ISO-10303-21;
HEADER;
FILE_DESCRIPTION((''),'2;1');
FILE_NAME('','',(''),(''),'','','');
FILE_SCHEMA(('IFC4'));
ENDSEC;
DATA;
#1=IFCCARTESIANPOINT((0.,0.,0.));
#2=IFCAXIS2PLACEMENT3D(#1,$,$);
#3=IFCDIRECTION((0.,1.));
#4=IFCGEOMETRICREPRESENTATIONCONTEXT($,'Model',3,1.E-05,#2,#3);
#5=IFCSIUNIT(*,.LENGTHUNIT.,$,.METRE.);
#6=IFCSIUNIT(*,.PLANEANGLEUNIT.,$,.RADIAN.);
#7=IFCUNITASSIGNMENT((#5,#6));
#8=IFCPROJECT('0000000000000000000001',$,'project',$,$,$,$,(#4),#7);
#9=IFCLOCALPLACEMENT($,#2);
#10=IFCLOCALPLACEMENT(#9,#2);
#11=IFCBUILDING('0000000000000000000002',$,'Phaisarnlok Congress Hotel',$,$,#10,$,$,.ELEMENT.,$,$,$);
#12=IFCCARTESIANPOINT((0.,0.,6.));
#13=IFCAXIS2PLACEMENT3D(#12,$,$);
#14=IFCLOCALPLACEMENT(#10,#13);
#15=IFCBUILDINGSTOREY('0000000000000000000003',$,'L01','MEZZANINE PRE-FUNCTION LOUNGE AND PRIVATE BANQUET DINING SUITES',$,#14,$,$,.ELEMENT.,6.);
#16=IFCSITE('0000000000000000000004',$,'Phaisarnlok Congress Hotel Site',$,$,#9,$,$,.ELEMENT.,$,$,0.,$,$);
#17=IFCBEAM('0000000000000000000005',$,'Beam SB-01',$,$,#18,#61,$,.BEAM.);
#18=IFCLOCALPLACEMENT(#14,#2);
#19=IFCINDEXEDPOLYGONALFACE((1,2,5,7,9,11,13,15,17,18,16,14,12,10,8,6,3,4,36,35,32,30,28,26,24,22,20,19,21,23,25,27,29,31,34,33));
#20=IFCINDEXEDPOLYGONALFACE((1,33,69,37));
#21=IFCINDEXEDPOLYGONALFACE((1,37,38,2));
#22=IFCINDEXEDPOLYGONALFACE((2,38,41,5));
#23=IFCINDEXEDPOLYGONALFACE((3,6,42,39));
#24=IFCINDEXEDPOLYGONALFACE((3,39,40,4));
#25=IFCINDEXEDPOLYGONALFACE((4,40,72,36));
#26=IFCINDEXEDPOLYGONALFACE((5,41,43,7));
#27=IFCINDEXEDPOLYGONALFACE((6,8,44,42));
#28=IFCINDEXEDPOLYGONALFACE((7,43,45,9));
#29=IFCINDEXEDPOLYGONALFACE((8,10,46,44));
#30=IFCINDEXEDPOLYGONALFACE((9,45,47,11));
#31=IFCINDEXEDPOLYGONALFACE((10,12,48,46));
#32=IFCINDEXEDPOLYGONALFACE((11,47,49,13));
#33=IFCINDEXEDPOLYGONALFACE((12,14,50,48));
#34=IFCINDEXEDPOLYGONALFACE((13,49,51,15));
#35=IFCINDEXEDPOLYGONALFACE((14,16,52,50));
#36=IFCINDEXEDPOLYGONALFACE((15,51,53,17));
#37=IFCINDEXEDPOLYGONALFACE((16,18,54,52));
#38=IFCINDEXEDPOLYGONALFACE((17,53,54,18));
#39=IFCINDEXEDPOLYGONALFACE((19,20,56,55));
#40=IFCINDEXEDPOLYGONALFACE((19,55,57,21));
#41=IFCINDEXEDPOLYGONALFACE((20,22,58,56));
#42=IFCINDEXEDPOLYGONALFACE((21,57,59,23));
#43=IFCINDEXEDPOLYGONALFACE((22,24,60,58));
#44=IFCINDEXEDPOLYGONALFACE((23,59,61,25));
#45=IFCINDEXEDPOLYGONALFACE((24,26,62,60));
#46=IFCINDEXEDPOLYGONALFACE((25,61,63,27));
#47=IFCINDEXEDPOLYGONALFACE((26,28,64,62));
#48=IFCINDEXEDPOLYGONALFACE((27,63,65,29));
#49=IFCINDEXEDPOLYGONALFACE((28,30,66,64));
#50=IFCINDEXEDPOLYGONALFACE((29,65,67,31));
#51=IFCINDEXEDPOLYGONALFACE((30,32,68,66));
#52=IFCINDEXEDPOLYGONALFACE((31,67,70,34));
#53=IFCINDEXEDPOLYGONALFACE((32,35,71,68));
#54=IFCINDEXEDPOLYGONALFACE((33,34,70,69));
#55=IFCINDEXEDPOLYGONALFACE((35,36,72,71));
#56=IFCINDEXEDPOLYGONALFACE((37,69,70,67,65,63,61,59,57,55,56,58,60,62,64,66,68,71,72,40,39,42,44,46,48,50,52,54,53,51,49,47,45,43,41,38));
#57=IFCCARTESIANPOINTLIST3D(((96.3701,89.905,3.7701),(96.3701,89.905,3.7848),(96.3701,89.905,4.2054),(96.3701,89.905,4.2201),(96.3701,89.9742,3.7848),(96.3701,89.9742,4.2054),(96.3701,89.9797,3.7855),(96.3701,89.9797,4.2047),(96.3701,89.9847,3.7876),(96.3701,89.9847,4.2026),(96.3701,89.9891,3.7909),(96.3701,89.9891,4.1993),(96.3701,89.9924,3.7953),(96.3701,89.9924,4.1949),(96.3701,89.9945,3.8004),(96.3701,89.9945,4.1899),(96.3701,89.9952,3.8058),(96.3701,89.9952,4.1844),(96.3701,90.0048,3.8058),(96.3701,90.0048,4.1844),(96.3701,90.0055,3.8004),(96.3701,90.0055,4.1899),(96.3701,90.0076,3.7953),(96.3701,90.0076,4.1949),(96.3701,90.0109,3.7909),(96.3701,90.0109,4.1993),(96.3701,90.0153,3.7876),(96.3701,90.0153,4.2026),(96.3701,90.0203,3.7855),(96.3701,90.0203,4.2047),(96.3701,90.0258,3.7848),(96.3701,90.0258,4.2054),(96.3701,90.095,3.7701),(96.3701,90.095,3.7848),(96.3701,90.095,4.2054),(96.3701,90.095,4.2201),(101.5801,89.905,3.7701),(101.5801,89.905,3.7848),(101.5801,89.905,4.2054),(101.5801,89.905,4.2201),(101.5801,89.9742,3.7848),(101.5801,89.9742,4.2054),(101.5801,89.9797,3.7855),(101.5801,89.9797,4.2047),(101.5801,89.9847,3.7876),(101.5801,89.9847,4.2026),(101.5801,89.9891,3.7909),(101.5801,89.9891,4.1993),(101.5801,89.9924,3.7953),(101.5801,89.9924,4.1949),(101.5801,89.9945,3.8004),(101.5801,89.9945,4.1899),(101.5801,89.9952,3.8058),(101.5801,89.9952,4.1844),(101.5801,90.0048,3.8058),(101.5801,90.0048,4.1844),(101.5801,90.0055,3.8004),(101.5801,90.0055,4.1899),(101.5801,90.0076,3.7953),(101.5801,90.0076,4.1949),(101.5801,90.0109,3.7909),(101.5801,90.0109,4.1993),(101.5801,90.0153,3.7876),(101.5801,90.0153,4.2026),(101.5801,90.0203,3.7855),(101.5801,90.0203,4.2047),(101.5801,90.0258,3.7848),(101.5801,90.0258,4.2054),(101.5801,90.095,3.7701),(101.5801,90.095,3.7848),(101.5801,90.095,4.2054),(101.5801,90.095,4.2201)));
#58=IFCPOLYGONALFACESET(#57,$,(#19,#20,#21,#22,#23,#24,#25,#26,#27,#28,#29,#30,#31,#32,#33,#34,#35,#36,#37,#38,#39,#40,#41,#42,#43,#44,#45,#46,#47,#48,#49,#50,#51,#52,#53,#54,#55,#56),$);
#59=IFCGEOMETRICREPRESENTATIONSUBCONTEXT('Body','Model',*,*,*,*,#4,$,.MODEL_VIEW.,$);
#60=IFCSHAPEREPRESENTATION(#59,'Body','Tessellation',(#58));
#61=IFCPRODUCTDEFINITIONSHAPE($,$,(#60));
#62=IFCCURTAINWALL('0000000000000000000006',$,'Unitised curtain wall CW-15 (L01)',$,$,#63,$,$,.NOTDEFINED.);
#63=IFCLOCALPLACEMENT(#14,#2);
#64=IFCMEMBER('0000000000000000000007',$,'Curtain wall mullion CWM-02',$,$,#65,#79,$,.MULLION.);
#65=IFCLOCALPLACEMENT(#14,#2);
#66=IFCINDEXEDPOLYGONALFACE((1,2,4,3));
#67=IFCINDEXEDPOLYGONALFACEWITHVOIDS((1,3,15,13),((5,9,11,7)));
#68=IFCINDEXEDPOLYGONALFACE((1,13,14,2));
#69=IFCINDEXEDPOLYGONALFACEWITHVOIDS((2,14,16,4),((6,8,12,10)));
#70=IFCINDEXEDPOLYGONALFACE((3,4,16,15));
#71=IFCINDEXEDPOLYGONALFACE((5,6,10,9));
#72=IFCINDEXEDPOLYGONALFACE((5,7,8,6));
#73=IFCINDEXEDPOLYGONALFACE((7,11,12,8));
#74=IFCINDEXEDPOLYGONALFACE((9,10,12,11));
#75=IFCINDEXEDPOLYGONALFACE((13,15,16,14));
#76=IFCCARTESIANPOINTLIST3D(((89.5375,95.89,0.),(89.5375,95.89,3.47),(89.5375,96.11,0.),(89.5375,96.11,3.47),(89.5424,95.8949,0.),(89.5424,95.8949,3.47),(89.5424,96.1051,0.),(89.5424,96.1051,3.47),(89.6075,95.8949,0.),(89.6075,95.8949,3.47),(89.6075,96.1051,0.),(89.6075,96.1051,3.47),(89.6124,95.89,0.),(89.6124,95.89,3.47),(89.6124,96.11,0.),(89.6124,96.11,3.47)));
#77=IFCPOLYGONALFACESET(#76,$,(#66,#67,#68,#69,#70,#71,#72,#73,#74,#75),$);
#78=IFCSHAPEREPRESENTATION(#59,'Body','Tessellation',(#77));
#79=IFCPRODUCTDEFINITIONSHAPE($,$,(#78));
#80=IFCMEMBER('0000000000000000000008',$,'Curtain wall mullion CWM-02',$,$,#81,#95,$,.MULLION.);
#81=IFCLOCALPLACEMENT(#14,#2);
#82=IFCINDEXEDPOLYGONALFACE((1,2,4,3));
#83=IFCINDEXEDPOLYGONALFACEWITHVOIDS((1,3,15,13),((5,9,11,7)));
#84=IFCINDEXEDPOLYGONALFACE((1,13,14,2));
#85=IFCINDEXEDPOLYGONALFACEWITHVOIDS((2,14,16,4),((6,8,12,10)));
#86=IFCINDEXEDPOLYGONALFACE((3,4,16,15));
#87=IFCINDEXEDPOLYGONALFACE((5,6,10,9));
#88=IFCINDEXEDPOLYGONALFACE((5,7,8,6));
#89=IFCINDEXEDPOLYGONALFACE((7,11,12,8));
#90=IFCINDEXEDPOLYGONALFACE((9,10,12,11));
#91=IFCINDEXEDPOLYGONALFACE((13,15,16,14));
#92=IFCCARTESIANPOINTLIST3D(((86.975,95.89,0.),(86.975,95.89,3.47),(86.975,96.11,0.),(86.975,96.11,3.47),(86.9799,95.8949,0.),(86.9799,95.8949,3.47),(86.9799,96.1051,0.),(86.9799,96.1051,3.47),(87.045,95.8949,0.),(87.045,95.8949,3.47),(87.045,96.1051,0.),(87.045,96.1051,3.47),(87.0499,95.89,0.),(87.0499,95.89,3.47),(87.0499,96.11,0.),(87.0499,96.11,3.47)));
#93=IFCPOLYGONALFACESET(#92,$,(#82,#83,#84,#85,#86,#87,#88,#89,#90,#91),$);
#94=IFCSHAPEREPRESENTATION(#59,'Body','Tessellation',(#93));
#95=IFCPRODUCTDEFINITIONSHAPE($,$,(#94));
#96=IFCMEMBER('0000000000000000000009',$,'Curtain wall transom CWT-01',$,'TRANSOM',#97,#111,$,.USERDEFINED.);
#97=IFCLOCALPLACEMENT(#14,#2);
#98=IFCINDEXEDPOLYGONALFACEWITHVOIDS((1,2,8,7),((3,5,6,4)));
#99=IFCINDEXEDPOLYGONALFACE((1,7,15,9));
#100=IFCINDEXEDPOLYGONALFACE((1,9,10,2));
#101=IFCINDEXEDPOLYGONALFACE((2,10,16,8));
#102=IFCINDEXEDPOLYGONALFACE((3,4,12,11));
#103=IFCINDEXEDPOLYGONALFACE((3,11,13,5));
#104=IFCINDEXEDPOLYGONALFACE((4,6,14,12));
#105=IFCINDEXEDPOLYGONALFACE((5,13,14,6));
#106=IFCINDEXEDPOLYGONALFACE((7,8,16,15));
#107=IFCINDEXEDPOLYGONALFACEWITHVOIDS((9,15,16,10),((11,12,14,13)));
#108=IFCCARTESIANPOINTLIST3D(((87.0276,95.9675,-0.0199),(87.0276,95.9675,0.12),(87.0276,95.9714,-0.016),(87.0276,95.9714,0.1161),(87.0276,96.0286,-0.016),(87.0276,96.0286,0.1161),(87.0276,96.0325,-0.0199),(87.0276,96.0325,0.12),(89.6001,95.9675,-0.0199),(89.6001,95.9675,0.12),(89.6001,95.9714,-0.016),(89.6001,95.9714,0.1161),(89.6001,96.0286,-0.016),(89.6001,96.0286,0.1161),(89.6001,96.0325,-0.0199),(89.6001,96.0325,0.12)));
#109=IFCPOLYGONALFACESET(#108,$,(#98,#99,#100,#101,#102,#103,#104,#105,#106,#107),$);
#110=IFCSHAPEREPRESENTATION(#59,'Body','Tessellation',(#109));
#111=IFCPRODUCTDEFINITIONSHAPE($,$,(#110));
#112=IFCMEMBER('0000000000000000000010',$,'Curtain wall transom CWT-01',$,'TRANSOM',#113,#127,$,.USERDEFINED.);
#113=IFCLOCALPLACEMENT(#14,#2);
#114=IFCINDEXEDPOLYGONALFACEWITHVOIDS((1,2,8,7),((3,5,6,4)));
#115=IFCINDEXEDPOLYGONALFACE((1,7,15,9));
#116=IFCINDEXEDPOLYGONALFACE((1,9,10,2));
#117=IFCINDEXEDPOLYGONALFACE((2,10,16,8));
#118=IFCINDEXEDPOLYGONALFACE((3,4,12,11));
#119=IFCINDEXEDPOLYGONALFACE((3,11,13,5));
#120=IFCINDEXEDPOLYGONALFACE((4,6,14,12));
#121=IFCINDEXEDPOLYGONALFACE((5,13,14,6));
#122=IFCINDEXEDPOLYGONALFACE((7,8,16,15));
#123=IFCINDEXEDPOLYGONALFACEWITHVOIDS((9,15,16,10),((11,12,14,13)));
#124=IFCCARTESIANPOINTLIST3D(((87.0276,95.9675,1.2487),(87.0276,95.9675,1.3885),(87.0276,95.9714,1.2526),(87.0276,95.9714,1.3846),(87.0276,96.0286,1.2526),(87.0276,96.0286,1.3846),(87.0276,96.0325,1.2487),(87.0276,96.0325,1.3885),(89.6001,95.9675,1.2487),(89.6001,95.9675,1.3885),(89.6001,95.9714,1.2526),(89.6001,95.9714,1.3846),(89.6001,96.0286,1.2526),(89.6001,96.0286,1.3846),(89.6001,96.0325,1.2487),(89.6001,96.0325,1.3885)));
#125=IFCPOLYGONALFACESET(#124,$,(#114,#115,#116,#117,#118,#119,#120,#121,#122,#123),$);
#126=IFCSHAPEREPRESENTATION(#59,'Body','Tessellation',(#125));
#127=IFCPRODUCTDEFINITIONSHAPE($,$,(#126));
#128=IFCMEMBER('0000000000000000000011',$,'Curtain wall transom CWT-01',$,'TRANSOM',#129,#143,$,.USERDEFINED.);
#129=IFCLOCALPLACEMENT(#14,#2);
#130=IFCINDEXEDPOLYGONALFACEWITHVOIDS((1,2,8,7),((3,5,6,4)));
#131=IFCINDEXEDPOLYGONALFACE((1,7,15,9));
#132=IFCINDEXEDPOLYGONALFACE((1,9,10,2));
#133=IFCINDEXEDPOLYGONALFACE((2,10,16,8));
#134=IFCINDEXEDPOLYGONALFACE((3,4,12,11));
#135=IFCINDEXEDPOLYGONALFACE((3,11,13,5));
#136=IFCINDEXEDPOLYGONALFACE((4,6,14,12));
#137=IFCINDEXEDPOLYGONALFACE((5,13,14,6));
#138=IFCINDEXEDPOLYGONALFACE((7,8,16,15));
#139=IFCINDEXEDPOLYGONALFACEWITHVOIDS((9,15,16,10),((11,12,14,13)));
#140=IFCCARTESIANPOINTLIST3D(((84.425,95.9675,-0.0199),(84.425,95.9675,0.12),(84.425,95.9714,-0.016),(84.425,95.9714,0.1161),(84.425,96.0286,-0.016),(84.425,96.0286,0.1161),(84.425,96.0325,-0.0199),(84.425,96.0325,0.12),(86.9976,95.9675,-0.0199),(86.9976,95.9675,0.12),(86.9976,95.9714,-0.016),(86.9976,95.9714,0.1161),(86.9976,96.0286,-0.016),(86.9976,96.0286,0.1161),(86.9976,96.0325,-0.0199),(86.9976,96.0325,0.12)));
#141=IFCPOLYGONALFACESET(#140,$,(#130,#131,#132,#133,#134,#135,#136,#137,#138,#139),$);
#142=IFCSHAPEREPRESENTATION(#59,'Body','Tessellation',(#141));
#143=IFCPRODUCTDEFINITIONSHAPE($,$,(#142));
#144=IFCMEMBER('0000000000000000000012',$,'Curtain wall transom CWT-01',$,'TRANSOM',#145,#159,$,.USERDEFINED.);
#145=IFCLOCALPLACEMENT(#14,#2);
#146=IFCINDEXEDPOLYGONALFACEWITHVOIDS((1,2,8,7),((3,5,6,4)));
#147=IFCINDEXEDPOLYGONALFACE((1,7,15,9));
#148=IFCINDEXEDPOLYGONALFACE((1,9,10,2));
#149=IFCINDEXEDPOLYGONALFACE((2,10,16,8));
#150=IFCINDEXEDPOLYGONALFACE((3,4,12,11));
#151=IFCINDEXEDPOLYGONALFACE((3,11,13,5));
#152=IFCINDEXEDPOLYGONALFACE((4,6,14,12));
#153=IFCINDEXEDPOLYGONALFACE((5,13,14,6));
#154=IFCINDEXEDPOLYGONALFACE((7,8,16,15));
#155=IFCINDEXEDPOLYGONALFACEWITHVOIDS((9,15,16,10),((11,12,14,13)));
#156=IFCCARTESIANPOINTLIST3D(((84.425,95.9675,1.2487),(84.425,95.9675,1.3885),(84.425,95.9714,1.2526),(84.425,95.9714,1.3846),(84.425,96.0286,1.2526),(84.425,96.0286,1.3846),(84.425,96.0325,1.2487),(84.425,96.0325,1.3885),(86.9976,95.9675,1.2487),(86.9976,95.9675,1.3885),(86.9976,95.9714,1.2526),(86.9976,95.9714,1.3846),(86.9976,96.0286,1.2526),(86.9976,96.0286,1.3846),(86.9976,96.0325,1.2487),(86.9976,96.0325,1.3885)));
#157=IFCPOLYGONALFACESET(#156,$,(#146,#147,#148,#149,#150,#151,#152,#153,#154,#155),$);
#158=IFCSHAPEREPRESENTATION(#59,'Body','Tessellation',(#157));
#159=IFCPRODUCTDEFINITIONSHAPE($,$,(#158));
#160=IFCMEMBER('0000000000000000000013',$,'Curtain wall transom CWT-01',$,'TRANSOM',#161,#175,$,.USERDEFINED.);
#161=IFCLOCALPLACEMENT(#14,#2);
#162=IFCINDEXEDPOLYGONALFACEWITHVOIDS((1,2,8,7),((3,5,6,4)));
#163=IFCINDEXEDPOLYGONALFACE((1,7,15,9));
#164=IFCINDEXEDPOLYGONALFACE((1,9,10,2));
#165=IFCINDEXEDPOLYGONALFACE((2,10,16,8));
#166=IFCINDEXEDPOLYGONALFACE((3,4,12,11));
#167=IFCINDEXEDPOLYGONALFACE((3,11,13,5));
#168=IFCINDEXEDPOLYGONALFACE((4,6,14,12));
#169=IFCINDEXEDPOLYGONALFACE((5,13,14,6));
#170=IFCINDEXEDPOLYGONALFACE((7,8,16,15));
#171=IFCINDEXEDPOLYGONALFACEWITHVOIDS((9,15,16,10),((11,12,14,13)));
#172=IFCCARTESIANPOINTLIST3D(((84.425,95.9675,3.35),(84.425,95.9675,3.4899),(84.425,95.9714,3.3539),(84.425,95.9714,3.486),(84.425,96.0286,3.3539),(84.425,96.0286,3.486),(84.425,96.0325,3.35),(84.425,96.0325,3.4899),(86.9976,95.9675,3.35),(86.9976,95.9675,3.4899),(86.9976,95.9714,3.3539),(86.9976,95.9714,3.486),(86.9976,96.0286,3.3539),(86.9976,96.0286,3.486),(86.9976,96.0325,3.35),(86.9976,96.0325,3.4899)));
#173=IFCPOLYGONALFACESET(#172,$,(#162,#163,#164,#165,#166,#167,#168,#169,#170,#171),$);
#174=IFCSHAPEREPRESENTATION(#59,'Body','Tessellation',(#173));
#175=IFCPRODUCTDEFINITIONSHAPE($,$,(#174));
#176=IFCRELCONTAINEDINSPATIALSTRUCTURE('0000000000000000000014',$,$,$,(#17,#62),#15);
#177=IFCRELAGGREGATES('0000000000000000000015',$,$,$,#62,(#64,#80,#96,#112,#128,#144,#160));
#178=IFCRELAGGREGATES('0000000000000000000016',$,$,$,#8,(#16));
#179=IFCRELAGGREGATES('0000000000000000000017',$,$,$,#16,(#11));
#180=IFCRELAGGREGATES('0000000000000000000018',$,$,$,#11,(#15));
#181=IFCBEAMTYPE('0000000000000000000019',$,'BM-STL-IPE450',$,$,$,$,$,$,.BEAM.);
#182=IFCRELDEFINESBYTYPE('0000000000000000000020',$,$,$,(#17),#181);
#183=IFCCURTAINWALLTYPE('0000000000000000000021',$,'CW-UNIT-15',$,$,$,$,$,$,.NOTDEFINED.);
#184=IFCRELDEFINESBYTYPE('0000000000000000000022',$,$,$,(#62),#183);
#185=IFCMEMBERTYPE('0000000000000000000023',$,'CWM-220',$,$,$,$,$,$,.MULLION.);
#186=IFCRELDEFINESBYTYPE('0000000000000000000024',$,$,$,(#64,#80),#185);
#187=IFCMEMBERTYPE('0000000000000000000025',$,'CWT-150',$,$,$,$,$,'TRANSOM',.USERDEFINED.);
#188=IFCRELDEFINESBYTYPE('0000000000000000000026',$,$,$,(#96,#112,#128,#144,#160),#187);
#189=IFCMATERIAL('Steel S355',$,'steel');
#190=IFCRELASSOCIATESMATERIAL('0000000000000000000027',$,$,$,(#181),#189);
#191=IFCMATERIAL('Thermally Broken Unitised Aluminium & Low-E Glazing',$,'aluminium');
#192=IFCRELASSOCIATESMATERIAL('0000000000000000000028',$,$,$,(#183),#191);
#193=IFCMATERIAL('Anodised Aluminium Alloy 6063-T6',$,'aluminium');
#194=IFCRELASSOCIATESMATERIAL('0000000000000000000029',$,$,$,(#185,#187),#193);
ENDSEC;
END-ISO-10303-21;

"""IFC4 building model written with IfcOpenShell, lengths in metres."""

from ifc_helpers import new_model, si_unit, direction, frame, origin, origin_2d, place, context, subcontext, project, spatial, hollow_rectangle, i_section, extrude, material, material_profile, profile_set, type_object, element, aggregate, save


model = new_model("IFC4")

# Units and contexts
model_context = context("Model", 3, precision=1e-05, world=origin(), true_north=direction((0.0, 1.0)))
body_context = subcontext(model_context, "Body", "Model", "MODEL_VIEW")
ifc_project = project(units=[si_unit("LENGTHUNIT", "METRE"), si_unit("PLANEANGLEUNIT", "RADIAN")], contexts=[model_context])

# Site, building, storey
site_placement = place(None, origin())
site = spatial("IfcSite", under=ifc_project, at=site_placement, Name="Phaisarnlok Congress Hotel Site", CompositionType="ELEMENT", RefElevation=0.0)
building_placement = place(site_placement, origin())
building = spatial("IfcBuilding", under=site, at=building_placement, Name="Phaisarnlok Congress Hotel", CompositionType="ELEMENT")
storey_placement = place(building_placement, frame((0.0, 0.0, 6.0)))
storey = spatial("IfcBuildingStorey", under=building, at=storey_placement, Name="L01", Description="MEZZANINE PRE-FUNCTION LOUNGE AND PRIVATE BANQUET DINING SUITES", CompositionType="ELEMENT", Elevation=6.0)

# Shared definitions
ifc_material_1 = material(Name="Steel S355", Category="steel")

# Beam
ifc_material_profile_1 = material_profile(ifc_material_1, i_section(OverallWidth=0.1899, OverallDepth=0.45, WebThickness=0.0095, FlangeThickness=0.0146, FilletRadius=0.021, at=origin_2d()), Name="IPE 450")
ifc_profile_set_1 = profile_set([ifc_material_profile_1], Name="Steel S355")
beam_type_1 = type_object("IfcBeamType", Name="BM-STL-IPE450", PredefinedType="BEAM", material=ifc_profile_set_1)
beam_1_placement = place(storey_placement, frame((96.3701, 90.0, 3.9951), z_axis=(1.0, 0.0, 0.0), x_axis=(0.0, 1.0, 0.0)))
element("IfcBeam", 1, at=beam_1_placement, inside=storey, type_object=beam_type_1, Name="Beam SB-01", PredefinedType="BEAM", context=body_context, shape_type="SweptSolid", body=[
    extrude(i_section(OverallWidth=0.1899, OverallDepth=0.45, WebThickness=0.0095, FlangeThickness=0.0146, FilletRadius=0.021, at=origin_2d()), origin(), (0.0, 0.0, 1.0), 5.21),
])

# Curtain wall, members
ifc_material_2 = material(Name="Thermally Broken Unitised Aluminium & Low-E Glazing", Category="aluminium")
curtain_wall_type = type_object("IfcCurtainWallType", Name="CW-UNIT-15", PredefinedType="NOTDEFINED", material=ifc_material_2)
curtain_wall_placement = place(storey_placement, origin())
curtain_wall = element("IfcCurtainWall", 2, at=curtain_wall_placement, inside=storey, type_object=curtain_wall_type, Name="Unitised curtain wall CW-15 (L01)", PredefinedType="NOTDEFINED")
ifc_material_3 = material(Name="Anodised Aluminium Alloy 6063-T6", Category="aluminium")
ifc_material_profile_2 = material_profile(ifc_material_3, hollow_rectangle(XDim=0.075, YDim=0.22, WallThickness=0.0049, at=origin_2d()), Name="ALU-M 75x220x5")
ifc_profile_set_2 = profile_set([ifc_material_profile_2], Name="Anodised Aluminium Alloy 6063-T6")
member_type_1 = type_object("IfcMemberType", Name="CWM-220", PredefinedType="MULLION", material=ifc_profile_set_2)
member_1_placement = place(storey_placement, frame((89.575, 96.0, 0.0), z_axis=(0.0, 0.0, 1.0), x_axis=(-1.0, 0.0, 0.0)))
member_1 = element("IfcMember", 3, at=member_1_placement, type_object=member_type_1, Name="Curtain wall mullion CWM-02", PredefinedType="MULLION", context=body_context, shape_type="SweptSolid", body=[
    extrude(hollow_rectangle(XDim=0.075, YDim=0.22, WallThickness=0.0049, at=origin_2d()), origin(), (0.0, 0.0, 1.0), 3.47),
])
member_2_placement = place(storey_placement, frame((87.0125, 96.0, 0.0), z_axis=(0.0, 0.0, 1.0), x_axis=(-1.0, 0.0, 0.0)))
member_2 = element("IfcMember", 4, at=member_2_placement, type_object=member_type_1, Name="Curtain wall mullion CWM-02", PredefinedType="MULLION", context=body_context, shape_type="SweptSolid", body=[
    extrude(hollow_rectangle(XDim=0.075, YDim=0.22, WallThickness=0.0049, at=origin_2d()), origin(), (0.0, 0.0, 1.0), 3.47),
])
ifc_material_profile_3 = material_profile(ifc_material_3, hollow_rectangle(XDim=0.0649, YDim=0.1399, WallThickness=0.0039, at=origin_2d()), Name="ALU-T 65x140x4")
ifc_profile_set_3 = profile_set([ifc_material_profile_3], Name="Anodised Aluminium Alloy 6063-T6")
member_type_2 = type_object("IfcMemberType", Name="CWT-150", ElementType="TRANSOM", PredefinedType="USERDEFINED", material=ifc_profile_set_3)
member_3_placement = place(storey_placement, frame((89.6001, 96.0, 0.05), z_axis=(-1.0, 0.0, 0.0), x_axis=(0.0, -1.0, 0.0)))
member_3 = element("IfcMember", 5, at=member_3_placement, type_object=member_type_2, Name="Curtain wall transom CWT-01", ObjectType="TRANSOM", PredefinedType="USERDEFINED", context=body_context, shape_type="SweptSolid", body=[
    extrude(hollow_rectangle(XDim=0.0649, YDim=0.1399, WallThickness=0.0039, at=origin_2d()), origin(), (0.0, 0.0, 1.0), 2.5725),
])
member_4_placement = place(storey_placement, frame((89.6001, 96.0, 1.3186), z_axis=(-1.0, 0.0, 0.0), x_axis=(0.0, -1.0, 0.0)))
member_4 = element("IfcMember", 6, at=member_4_placement, type_object=member_type_2, Name="Curtain wall transom CWT-01", ObjectType="TRANSOM", PredefinedType="USERDEFINED", context=body_context, shape_type="SweptSolid", body=[
    extrude(hollow_rectangle(XDim=0.0649, YDim=0.1399, WallThickness=0.0039, at=origin_2d()), origin(), (0.0, 0.0, 1.0), 2.5725),
])
member_5_placement = place(storey_placement, frame((86.9976, 96.0, 0.05), z_axis=(-1.0, 0.0, 0.0), x_axis=(0.0, -1.0, 0.0)))
member_5 = element("IfcMember", 7, at=member_5_placement, type_object=member_type_2, Name="Curtain wall transom CWT-01", ObjectType="TRANSOM", PredefinedType="USERDEFINED", context=body_context, shape_type="SweptSolid", body=[
    extrude(hollow_rectangle(XDim=0.0649, YDim=0.1399, WallThickness=0.0039, at=origin_2d()), origin(), (0.0, 0.0, 1.0), 2.5725),
])
member_6_placement = place(storey_placement, frame((86.9976, 96.0, 1.3186), z_axis=(-1.0, 0.0, 0.0), x_axis=(0.0, -1.0, 0.0)))
member_6 = element("IfcMember", 8, at=member_6_placement, type_object=member_type_2, Name="Curtain wall transom CWT-01", ObjectType="TRANSOM", PredefinedType="USERDEFINED", context=body_context, shape_type="SweptSolid", body=[
    extrude(hollow_rectangle(XDim=0.0649, YDim=0.1399, WallThickness=0.0039, at=origin_2d()), origin(), (0.0, 0.0, 1.0), 2.5725),
])
member_7_placement = place(storey_placement, frame((86.9976, 96.0, 3.4199), z_axis=(-1.0, 0.0, 0.0), x_axis=(0.0, -1.0, 0.0)))
member_7 = element("IfcMember", 9, at=member_7_placement, type_object=member_type_2, Name="Curtain wall transom CWT-01", ObjectType="TRANSOM", PredefinedType="USERDEFINED", context=body_context, shape_type="SweptSolid", body=[
    extrude(hollow_rectangle(XDim=0.0649, YDim=0.1399, WallThickness=0.0039, at=origin_2d()), origin(), (0.0, 0.0, 1.0), 2.5725),
])

aggregate(curtain_wall, [member_1, member_2, member_3, member_4, member_5, member_6, member_7])

save(model, "model.ifc")
